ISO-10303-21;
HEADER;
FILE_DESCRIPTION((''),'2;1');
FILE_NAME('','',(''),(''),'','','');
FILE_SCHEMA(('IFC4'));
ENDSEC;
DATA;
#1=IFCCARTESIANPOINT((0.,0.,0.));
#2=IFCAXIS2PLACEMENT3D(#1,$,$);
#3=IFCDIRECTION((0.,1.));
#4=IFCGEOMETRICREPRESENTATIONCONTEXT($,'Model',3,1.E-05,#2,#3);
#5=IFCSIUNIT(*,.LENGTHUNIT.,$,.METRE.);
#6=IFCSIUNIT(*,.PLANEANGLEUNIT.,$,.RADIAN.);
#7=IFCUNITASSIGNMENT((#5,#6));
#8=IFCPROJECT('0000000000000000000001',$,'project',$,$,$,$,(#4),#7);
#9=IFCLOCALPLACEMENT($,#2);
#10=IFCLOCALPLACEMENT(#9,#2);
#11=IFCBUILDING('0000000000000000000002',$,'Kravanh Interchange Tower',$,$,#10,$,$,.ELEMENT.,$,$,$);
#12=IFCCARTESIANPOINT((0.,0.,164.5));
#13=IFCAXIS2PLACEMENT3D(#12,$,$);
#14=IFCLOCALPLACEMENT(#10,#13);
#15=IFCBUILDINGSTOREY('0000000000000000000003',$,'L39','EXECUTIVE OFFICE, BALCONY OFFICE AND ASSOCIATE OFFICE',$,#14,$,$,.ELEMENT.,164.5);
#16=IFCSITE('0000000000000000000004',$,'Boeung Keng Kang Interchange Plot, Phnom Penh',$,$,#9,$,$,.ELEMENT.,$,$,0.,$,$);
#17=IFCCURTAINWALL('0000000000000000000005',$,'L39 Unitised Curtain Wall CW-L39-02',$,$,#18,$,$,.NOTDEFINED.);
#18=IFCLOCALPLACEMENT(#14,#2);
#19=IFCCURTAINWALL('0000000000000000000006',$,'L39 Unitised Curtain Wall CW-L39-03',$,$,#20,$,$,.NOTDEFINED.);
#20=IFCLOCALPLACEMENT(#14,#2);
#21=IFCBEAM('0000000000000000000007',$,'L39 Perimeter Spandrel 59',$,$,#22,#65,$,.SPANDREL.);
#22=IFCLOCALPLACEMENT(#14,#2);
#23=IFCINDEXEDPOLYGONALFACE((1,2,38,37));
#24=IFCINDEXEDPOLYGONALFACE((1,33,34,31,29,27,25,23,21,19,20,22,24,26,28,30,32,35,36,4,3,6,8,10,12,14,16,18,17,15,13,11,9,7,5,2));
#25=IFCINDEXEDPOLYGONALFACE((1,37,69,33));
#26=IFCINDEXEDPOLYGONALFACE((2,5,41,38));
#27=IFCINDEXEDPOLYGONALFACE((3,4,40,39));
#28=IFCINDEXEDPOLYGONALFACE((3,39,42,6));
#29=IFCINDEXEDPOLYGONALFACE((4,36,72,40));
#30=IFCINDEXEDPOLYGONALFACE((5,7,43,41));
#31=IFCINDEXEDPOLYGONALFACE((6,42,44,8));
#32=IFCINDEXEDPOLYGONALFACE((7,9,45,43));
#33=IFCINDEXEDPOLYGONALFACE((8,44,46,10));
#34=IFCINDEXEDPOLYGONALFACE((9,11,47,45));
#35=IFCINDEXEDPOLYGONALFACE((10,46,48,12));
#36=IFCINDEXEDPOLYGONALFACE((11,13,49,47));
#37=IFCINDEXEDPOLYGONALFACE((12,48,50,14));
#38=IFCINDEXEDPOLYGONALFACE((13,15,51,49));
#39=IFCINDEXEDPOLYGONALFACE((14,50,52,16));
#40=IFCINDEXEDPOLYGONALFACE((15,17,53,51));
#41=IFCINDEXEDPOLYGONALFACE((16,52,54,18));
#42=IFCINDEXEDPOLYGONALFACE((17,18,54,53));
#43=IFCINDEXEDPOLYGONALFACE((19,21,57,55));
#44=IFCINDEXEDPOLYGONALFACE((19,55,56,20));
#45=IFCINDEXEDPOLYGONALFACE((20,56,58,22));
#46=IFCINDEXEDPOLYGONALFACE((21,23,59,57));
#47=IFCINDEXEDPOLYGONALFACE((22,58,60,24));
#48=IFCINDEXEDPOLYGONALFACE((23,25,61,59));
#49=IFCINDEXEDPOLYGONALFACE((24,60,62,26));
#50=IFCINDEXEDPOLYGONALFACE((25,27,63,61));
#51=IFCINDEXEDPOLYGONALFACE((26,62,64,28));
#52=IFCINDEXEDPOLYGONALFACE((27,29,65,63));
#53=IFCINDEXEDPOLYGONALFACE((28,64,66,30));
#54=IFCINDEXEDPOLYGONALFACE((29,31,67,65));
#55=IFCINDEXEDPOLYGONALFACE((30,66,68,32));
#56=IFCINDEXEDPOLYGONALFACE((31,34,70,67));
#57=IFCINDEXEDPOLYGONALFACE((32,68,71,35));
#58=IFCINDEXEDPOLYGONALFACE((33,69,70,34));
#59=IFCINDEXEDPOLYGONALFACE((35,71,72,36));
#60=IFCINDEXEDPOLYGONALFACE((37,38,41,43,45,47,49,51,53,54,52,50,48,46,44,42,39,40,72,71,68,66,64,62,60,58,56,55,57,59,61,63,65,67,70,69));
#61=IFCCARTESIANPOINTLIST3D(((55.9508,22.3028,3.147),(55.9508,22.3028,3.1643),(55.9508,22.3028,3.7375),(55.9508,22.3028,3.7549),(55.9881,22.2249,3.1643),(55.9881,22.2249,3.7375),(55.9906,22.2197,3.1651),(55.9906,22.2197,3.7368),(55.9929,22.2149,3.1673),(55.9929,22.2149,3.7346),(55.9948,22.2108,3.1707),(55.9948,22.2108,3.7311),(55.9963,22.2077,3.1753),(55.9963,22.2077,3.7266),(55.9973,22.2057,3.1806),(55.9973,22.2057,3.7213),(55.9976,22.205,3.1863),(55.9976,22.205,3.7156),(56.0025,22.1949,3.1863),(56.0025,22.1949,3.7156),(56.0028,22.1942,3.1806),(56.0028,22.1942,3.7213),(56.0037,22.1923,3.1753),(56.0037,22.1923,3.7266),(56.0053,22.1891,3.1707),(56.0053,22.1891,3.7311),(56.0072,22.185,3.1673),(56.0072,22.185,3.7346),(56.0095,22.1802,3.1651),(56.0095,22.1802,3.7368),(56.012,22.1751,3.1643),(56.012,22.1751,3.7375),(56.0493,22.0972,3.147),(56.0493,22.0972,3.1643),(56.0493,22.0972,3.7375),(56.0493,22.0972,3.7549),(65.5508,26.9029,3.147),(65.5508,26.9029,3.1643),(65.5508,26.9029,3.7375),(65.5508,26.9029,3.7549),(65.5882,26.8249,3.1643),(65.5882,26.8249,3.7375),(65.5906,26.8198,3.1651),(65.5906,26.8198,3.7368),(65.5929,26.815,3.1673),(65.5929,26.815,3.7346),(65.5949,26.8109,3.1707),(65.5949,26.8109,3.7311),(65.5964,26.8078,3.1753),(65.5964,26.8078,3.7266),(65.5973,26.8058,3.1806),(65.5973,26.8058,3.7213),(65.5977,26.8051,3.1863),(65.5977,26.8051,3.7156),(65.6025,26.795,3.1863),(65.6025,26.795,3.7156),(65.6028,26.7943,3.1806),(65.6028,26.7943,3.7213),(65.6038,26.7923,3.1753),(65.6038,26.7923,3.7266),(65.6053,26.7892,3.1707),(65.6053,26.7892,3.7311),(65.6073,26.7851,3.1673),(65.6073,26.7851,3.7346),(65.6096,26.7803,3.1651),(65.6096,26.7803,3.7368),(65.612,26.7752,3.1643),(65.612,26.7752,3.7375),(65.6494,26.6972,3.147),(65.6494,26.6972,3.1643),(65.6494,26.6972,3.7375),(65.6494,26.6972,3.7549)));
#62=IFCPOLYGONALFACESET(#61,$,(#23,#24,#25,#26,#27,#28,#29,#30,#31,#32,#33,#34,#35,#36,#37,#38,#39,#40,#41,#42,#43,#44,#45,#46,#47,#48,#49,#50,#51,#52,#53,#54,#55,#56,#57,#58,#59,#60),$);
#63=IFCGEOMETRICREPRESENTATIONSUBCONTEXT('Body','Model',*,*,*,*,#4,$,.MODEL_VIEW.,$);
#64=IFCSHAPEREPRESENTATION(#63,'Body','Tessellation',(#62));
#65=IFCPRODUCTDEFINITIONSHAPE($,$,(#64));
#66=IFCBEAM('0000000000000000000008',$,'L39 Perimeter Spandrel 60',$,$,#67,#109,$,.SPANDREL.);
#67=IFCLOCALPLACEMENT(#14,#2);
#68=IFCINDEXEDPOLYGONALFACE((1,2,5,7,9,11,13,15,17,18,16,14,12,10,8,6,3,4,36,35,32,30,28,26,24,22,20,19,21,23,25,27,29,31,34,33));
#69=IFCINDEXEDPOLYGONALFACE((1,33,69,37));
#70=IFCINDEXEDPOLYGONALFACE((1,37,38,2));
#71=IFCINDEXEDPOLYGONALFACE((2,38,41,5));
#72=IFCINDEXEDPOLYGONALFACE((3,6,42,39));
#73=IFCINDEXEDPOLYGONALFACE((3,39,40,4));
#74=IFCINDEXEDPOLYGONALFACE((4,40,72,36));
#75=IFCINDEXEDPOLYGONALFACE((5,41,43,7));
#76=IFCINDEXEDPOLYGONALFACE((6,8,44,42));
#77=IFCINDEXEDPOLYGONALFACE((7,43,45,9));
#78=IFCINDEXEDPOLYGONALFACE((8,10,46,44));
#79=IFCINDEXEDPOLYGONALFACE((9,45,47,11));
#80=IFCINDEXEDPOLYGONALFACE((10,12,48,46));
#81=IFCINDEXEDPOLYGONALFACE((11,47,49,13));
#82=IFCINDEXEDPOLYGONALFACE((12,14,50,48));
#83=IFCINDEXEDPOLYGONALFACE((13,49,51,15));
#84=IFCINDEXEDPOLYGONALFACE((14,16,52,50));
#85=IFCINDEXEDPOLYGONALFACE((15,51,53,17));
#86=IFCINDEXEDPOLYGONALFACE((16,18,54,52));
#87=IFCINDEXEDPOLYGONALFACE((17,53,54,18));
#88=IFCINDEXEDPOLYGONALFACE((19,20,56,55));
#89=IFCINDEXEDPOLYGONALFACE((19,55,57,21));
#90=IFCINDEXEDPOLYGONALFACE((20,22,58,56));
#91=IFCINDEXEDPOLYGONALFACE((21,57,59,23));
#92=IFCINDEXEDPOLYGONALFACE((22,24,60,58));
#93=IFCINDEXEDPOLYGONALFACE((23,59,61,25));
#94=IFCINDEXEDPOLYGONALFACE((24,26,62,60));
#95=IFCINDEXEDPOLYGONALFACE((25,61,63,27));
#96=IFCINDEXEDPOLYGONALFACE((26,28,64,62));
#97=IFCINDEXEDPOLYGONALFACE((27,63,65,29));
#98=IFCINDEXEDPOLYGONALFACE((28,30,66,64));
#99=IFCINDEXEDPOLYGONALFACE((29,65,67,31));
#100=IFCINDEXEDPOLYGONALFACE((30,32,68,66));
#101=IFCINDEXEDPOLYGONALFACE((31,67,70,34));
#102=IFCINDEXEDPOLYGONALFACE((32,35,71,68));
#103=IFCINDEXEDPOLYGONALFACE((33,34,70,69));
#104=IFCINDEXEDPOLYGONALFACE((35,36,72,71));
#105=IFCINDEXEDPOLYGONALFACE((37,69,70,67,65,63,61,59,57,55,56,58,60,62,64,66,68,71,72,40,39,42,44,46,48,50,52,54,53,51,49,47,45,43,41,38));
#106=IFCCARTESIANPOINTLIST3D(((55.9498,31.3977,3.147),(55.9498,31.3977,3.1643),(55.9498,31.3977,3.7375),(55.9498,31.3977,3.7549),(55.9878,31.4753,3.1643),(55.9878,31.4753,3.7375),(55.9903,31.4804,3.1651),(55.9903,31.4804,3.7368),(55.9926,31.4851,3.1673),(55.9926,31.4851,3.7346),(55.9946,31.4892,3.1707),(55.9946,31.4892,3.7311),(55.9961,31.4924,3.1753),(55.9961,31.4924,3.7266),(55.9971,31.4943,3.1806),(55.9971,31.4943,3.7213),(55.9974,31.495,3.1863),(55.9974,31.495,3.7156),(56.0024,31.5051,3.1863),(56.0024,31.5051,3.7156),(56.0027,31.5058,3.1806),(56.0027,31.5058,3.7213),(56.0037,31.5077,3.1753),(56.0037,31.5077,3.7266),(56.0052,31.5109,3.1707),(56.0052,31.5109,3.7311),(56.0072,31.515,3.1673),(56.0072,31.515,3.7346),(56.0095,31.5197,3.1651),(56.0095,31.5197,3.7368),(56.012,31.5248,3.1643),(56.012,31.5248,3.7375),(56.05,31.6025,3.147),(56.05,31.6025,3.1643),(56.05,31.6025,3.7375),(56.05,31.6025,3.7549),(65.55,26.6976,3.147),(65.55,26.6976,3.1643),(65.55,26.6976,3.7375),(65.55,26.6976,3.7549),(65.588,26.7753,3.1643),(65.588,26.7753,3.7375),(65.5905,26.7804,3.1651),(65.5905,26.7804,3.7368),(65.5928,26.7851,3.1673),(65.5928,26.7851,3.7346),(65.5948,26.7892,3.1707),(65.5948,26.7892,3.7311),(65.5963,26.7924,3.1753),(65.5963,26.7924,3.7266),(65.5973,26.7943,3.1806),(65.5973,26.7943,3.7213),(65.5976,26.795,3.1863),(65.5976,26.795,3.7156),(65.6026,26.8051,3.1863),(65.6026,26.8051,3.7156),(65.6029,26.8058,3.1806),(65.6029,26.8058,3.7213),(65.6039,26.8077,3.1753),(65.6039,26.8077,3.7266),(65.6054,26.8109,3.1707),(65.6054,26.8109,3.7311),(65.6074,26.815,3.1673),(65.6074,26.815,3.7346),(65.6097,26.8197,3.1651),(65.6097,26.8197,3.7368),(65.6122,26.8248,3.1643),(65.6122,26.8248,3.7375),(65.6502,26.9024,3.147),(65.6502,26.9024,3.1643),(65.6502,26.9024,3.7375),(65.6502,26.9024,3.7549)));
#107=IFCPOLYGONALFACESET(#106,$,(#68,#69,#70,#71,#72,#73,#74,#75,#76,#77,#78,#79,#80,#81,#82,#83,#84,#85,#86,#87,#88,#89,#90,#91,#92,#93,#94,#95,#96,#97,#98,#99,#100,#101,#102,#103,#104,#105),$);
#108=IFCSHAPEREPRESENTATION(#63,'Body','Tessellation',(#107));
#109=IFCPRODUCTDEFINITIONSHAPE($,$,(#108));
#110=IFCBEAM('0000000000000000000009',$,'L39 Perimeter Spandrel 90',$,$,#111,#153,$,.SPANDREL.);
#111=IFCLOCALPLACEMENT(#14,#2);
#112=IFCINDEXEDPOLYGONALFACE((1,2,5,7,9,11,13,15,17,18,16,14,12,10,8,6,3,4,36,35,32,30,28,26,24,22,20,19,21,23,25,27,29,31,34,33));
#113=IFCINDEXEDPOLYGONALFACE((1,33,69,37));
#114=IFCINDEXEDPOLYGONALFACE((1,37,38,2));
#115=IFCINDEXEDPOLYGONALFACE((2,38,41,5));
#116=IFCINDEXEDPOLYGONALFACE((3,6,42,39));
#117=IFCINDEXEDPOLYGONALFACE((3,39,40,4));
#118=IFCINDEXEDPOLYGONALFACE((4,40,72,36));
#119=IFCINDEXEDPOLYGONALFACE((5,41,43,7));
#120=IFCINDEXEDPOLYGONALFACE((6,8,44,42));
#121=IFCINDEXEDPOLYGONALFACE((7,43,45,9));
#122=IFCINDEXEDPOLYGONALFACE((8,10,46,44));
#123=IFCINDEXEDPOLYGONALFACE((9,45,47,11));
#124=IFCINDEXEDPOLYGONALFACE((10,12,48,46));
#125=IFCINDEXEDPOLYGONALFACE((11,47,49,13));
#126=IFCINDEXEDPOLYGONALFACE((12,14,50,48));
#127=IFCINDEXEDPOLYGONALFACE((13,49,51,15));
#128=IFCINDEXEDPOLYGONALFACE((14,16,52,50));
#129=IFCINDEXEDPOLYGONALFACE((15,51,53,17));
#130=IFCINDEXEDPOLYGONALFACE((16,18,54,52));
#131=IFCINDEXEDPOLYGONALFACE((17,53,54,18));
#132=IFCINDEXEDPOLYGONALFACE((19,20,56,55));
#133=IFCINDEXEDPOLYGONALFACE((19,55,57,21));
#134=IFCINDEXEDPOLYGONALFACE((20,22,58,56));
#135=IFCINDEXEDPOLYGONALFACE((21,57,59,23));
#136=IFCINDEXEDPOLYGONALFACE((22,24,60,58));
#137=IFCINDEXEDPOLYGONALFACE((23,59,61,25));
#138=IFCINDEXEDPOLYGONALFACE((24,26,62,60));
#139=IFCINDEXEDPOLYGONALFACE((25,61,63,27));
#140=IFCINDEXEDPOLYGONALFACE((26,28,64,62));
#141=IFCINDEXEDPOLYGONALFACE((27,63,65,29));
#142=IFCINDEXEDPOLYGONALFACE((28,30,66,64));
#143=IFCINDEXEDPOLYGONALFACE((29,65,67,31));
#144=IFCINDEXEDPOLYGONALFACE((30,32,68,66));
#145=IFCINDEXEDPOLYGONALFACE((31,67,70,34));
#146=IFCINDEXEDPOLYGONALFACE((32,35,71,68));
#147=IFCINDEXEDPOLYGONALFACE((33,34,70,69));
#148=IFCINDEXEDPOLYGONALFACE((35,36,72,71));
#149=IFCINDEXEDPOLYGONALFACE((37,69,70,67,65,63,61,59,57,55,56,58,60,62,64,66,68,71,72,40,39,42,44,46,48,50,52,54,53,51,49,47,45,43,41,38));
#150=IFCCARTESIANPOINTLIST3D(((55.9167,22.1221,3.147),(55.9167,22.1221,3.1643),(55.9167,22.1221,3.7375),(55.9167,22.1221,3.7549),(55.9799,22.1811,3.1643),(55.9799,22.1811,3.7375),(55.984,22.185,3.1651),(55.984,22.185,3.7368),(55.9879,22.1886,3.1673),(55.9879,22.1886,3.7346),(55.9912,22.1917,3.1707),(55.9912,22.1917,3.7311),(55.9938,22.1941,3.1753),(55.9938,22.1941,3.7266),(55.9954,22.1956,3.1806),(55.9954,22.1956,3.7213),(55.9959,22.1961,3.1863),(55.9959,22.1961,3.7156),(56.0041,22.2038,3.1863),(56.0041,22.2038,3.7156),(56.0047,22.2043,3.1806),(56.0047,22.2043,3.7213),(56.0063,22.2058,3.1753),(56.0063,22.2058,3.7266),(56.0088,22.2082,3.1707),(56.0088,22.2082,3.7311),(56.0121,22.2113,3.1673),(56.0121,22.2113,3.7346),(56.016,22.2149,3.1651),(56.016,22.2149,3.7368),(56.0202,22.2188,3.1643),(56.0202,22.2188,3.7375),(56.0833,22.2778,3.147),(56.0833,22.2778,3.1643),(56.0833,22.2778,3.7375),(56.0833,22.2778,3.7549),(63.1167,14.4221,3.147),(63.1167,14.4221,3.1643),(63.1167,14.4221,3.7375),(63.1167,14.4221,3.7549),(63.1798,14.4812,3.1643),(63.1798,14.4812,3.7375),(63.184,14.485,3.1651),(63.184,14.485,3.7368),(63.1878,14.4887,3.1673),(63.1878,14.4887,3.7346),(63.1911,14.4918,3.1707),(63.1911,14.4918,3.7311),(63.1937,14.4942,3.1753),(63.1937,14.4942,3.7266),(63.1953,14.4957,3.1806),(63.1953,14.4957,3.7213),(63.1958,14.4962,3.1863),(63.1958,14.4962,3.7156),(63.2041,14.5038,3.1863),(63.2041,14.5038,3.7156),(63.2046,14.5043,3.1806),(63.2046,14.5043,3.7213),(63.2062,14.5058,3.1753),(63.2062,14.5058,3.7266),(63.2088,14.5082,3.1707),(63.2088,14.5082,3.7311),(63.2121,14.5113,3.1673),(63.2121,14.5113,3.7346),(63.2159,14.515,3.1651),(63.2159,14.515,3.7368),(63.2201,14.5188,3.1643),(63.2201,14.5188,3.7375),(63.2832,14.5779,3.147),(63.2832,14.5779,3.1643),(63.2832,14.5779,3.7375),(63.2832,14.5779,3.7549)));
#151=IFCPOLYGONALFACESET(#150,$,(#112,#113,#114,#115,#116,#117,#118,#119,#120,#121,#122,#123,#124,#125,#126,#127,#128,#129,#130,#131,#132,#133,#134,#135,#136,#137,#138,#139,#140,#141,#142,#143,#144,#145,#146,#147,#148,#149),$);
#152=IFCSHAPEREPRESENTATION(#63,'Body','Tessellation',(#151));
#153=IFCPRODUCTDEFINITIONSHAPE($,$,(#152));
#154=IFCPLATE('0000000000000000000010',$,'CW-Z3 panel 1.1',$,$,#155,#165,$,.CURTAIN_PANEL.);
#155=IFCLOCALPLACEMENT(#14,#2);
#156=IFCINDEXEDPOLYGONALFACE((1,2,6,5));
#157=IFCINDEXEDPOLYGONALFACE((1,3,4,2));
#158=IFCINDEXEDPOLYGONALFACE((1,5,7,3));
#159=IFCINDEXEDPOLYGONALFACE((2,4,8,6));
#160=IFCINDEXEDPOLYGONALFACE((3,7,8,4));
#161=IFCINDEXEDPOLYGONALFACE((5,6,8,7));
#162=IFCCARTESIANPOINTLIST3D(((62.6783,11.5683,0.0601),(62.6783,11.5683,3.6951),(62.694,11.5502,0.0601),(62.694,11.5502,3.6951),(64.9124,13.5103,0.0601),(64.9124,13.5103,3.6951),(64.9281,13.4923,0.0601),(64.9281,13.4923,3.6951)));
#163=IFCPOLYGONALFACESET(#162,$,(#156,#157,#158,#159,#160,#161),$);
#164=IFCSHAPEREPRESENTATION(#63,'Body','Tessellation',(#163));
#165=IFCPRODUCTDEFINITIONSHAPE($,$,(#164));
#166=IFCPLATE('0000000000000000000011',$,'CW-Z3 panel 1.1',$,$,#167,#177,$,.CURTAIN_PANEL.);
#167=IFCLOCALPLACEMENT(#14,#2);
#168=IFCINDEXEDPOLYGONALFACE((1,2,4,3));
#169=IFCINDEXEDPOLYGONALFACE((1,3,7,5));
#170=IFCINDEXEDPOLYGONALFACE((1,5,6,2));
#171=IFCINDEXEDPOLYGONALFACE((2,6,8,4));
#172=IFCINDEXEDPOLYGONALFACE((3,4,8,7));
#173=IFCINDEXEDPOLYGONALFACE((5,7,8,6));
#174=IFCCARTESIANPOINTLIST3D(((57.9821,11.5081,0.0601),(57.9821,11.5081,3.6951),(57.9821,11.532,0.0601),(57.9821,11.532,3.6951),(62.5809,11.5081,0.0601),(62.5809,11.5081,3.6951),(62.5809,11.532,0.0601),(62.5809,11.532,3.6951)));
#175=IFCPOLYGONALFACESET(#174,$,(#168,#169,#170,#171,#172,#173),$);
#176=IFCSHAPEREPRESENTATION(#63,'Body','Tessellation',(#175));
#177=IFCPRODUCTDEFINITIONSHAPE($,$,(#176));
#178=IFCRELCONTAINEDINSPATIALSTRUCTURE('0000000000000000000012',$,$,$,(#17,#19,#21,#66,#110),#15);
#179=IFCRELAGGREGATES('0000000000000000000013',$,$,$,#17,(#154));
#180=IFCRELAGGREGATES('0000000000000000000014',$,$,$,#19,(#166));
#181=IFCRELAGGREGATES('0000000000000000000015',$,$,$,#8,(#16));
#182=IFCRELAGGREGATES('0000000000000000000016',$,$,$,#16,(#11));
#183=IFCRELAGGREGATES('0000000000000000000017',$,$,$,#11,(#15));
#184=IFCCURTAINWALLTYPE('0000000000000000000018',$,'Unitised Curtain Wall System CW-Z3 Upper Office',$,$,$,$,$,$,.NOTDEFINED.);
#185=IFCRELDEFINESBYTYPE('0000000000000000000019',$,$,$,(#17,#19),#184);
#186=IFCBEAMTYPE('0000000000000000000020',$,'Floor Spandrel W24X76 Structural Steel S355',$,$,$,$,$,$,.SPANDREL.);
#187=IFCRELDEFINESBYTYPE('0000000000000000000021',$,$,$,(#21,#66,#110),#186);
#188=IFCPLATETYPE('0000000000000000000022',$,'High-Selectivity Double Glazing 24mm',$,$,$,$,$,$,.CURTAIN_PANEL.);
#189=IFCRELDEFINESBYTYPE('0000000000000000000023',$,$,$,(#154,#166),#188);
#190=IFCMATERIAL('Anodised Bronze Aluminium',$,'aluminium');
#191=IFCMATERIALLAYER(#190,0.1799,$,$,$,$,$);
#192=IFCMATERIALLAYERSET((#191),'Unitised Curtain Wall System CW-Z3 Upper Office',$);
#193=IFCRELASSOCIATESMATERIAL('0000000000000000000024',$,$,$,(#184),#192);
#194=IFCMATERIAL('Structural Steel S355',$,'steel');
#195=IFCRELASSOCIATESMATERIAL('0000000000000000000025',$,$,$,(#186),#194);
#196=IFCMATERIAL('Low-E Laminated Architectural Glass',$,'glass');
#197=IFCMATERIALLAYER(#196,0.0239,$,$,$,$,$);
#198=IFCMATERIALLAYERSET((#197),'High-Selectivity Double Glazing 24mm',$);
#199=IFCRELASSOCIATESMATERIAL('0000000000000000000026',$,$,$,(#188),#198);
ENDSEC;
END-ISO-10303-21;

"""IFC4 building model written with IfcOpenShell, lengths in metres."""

from ifc_helpers import new_model, si_unit, direction, frame, origin, origin_2d, place, context, subcontext, project, spatial, rectangle, i_section, extrude, material, layer, layer_set, material_profile, profile_set, type_object, element, aggregate, save


model = new_model("IFC4")

# Units and contexts
model_context = context("Model", 3, precision=1e-05, world=origin(), true_north=direction((0.0, 1.0)))
body_context = subcontext(model_context, "Body", "Model", "MODEL_VIEW")
ifc_project = project(units=[si_unit("LENGTHUNIT", "METRE"), si_unit("PLANEANGLEUNIT", "RADIAN")], contexts=[model_context])

# Site, building, storey
site_placement = place(None, origin())
site = spatial("IfcSite", under=ifc_project, at=site_placement, Name="Boeung Keng Kang Interchange Plot, Phnom Penh", CompositionType="ELEMENT", RefElevation=0.0)
building_placement = place(site_placement, origin())
building = spatial("IfcBuilding", under=site, at=building_placement, Name="Kravanh Interchange Tower", CompositionType="ELEMENT")
storey_placement = place(building_placement, frame((0.0, 0.0, 164.5)))
storey = spatial("IfcBuildingStorey", under=building, at=storey_placement, Name="L39", Description="EXECUTIVE OFFICE, BALCONY OFFICE AND ASSOCIATE OFFICE", CompositionType="ELEMENT", Elevation=164.5)

# Curtain walls
ifc_material_1 = material(Name="Anodised Bronze Aluminium", Category="aluminium")
ifc_layer_1 = layer(ifc_material_1, 0.1799)
ifc_layer_set_1 = layer_set([ifc_layer_1], Name="Unitised Curtain Wall System CW-Z3 Upper Office")
curtain_wall_type = type_object("IfcCurtainWallType", Name="Unitised Curtain Wall System CW-Z3 Upper Office", PredefinedType="NOTDEFINED", material=ifc_layer_set_1)
curtain_wall_1_placement = place(storey_placement, origin())
curtain_wall_1 = element("IfcCurtainWall", 1, at=curtain_wall_1_placement, inside=storey, type_object=curtain_wall_type, Name="L39 Unitised Curtain Wall CW-L39-02", PredefinedType="NOTDEFINED")
curtain_wall_2_placement = place(storey_placement, origin())
curtain_wall_2 = element("IfcCurtainWall", 2, at=curtain_wall_2_placement, inside=storey, type_object=curtain_wall_type, Name="L39 Unitised Curtain Wall CW-L39-03", PredefinedType="NOTDEFINED")

# Beams
ifc_material_2 = material(Name="Structural Steel S355", Category="steel")
ifc_material_profile_1 = material_profile(ifc_material_2, i_section(OverallWidth=0.228, OverallDepth=0.6079, WebThickness=0.0112, FlangeThickness=0.0173, FilletRadius=0.022, at=origin_2d()), Name="W24X76")
ifc_profile_set_1 = profile_set([ifc_material_profile_1], Name="Structural Steel S355")
beam_type_1 = type_object("IfcBeamType", Name="Floor Spandrel W24X76 Structural Steel S355", PredefinedType="SPANDREL", material=ifc_profile_set_1)
beam_1_placement = place(storey_placement, frame((65.6001, 26.8, 3.4509), z_axis=(-0.901814, -0.432124, 0.0), x_axis=(0.432124, -0.901814, 0.0)))
element("IfcBeam", 3, at=beam_1_placement, inside=storey, type_object=beam_type_1, Name="L39 Perimeter Spandrel 59", PredefinedType="SPANDREL", context=body_context, shape_type="SweptSolid", body=[
    extrude(i_section(OverallWidth=0.228, OverallDepth=0.6079, WebThickness=0.0112, FlangeThickness=0.0173, FilletRadius=0.022, at=origin_2d()), origin(), (0.0, 0.0, 1.0), 10.6453),
])
beam_2_placement = place(storey_placement, frame((65.6001, 26.8, 3.4509), z_axis=(-0.898142, 0.439706, 0.0), x_axis=(-0.439706, -0.898142, 0.0)))
element("IfcBeam", 4, at=beam_2_placement, inside=storey, type_object=beam_type_1, Name="L39 Perimeter Spandrel 60", PredefinedType="SPANDREL", context=body_context, shape_type="SweptSolid", body=[
    extrude(i_section(OverallWidth=0.228, OverallDepth=0.6079, WebThickness=0.0112, FlangeThickness=0.0173, FilletRadius=0.022, at=origin_2d()), origin(), (0.0, 0.0, 1.0), 10.689),
])
beam_3_placement = place(storey_placement, frame((63.2, 14.5, 3.4509), z_axis=(-0.682994, 0.730424, 0.0), x_axis=(-0.730424, -0.682994, 0.0)))
element("IfcBeam", 5, at=beam_3_placement, inside=storey, type_object=beam_type_1, Name="L39 Perimeter Spandrel 90", PredefinedType="SPANDREL", context=body_context, shape_type="SweptSolid", body=[
    extrude(i_section(OverallWidth=0.228, OverallDepth=0.6079, WebThickness=0.0112, FlangeThickness=0.0173, FilletRadius=0.022, at=origin_2d()), origin(), (0.0, 0.0, 1.0), 10.5417),
])

# Plates
ifc_material_3 = material(Name="Low-E Laminated Architectural Glass", Category="glass")
ifc_layer_2 = layer(ifc_material_3, 0.0239)
ifc_layer_set_2 = layer_set([ifc_layer_2], Name="High-Selectivity Double Glazing 24mm")
plate_type = type_object("IfcPlateType", Name="High-Selectivity Double Glazing 24mm", PredefinedType="CURTAIN_PANEL", material=ifc_layer_set_2)
plate_1_placement = place(storey_placement, frame((63.8032, 12.5303, 0.0601), z_axis=(0.0, 0.0, 1.0), x_axis=(-0.754717, -0.656051, 0.0)))
plate_1 = element("IfcPlate", 6, at=plate_1_placement, type_object=plate_type, Name="CW-Z3 panel 1.1", PredefinedType="CURTAIN_PANEL", context=body_context, shape_type="SweptSolid", body=[
    extrude(rectangle(XDim=2.9602, YDim=0.0239, at=origin_2d()), origin(), (0.0, 0.0, 1.0), 3.635),
])
aggregate(curtain_wall_1, [plate_1])
plate_2_placement = place(storey_placement, frame((60.2815, 11.52, 0.0601), z_axis=(0.0, 0.0, 1.0), x_axis=(-1.0, 0.0, 0.0)))
plate_2 = element("IfcPlate", 7, at=plate_2_placement, type_object=plate_type, Name="CW-Z3 panel 1.1", PredefinedType="CURTAIN_PANEL", context=body_context, shape_type="SweptSolid", body=[
    extrude(rectangle(XDim=4.5989, YDim=0.0239, at=origin_2d()), origin(), (0.0, 0.0, 1.0), 3.635),
])
aggregate(curtain_wall_2, [plate_2])

save(model, "model.ifc")
